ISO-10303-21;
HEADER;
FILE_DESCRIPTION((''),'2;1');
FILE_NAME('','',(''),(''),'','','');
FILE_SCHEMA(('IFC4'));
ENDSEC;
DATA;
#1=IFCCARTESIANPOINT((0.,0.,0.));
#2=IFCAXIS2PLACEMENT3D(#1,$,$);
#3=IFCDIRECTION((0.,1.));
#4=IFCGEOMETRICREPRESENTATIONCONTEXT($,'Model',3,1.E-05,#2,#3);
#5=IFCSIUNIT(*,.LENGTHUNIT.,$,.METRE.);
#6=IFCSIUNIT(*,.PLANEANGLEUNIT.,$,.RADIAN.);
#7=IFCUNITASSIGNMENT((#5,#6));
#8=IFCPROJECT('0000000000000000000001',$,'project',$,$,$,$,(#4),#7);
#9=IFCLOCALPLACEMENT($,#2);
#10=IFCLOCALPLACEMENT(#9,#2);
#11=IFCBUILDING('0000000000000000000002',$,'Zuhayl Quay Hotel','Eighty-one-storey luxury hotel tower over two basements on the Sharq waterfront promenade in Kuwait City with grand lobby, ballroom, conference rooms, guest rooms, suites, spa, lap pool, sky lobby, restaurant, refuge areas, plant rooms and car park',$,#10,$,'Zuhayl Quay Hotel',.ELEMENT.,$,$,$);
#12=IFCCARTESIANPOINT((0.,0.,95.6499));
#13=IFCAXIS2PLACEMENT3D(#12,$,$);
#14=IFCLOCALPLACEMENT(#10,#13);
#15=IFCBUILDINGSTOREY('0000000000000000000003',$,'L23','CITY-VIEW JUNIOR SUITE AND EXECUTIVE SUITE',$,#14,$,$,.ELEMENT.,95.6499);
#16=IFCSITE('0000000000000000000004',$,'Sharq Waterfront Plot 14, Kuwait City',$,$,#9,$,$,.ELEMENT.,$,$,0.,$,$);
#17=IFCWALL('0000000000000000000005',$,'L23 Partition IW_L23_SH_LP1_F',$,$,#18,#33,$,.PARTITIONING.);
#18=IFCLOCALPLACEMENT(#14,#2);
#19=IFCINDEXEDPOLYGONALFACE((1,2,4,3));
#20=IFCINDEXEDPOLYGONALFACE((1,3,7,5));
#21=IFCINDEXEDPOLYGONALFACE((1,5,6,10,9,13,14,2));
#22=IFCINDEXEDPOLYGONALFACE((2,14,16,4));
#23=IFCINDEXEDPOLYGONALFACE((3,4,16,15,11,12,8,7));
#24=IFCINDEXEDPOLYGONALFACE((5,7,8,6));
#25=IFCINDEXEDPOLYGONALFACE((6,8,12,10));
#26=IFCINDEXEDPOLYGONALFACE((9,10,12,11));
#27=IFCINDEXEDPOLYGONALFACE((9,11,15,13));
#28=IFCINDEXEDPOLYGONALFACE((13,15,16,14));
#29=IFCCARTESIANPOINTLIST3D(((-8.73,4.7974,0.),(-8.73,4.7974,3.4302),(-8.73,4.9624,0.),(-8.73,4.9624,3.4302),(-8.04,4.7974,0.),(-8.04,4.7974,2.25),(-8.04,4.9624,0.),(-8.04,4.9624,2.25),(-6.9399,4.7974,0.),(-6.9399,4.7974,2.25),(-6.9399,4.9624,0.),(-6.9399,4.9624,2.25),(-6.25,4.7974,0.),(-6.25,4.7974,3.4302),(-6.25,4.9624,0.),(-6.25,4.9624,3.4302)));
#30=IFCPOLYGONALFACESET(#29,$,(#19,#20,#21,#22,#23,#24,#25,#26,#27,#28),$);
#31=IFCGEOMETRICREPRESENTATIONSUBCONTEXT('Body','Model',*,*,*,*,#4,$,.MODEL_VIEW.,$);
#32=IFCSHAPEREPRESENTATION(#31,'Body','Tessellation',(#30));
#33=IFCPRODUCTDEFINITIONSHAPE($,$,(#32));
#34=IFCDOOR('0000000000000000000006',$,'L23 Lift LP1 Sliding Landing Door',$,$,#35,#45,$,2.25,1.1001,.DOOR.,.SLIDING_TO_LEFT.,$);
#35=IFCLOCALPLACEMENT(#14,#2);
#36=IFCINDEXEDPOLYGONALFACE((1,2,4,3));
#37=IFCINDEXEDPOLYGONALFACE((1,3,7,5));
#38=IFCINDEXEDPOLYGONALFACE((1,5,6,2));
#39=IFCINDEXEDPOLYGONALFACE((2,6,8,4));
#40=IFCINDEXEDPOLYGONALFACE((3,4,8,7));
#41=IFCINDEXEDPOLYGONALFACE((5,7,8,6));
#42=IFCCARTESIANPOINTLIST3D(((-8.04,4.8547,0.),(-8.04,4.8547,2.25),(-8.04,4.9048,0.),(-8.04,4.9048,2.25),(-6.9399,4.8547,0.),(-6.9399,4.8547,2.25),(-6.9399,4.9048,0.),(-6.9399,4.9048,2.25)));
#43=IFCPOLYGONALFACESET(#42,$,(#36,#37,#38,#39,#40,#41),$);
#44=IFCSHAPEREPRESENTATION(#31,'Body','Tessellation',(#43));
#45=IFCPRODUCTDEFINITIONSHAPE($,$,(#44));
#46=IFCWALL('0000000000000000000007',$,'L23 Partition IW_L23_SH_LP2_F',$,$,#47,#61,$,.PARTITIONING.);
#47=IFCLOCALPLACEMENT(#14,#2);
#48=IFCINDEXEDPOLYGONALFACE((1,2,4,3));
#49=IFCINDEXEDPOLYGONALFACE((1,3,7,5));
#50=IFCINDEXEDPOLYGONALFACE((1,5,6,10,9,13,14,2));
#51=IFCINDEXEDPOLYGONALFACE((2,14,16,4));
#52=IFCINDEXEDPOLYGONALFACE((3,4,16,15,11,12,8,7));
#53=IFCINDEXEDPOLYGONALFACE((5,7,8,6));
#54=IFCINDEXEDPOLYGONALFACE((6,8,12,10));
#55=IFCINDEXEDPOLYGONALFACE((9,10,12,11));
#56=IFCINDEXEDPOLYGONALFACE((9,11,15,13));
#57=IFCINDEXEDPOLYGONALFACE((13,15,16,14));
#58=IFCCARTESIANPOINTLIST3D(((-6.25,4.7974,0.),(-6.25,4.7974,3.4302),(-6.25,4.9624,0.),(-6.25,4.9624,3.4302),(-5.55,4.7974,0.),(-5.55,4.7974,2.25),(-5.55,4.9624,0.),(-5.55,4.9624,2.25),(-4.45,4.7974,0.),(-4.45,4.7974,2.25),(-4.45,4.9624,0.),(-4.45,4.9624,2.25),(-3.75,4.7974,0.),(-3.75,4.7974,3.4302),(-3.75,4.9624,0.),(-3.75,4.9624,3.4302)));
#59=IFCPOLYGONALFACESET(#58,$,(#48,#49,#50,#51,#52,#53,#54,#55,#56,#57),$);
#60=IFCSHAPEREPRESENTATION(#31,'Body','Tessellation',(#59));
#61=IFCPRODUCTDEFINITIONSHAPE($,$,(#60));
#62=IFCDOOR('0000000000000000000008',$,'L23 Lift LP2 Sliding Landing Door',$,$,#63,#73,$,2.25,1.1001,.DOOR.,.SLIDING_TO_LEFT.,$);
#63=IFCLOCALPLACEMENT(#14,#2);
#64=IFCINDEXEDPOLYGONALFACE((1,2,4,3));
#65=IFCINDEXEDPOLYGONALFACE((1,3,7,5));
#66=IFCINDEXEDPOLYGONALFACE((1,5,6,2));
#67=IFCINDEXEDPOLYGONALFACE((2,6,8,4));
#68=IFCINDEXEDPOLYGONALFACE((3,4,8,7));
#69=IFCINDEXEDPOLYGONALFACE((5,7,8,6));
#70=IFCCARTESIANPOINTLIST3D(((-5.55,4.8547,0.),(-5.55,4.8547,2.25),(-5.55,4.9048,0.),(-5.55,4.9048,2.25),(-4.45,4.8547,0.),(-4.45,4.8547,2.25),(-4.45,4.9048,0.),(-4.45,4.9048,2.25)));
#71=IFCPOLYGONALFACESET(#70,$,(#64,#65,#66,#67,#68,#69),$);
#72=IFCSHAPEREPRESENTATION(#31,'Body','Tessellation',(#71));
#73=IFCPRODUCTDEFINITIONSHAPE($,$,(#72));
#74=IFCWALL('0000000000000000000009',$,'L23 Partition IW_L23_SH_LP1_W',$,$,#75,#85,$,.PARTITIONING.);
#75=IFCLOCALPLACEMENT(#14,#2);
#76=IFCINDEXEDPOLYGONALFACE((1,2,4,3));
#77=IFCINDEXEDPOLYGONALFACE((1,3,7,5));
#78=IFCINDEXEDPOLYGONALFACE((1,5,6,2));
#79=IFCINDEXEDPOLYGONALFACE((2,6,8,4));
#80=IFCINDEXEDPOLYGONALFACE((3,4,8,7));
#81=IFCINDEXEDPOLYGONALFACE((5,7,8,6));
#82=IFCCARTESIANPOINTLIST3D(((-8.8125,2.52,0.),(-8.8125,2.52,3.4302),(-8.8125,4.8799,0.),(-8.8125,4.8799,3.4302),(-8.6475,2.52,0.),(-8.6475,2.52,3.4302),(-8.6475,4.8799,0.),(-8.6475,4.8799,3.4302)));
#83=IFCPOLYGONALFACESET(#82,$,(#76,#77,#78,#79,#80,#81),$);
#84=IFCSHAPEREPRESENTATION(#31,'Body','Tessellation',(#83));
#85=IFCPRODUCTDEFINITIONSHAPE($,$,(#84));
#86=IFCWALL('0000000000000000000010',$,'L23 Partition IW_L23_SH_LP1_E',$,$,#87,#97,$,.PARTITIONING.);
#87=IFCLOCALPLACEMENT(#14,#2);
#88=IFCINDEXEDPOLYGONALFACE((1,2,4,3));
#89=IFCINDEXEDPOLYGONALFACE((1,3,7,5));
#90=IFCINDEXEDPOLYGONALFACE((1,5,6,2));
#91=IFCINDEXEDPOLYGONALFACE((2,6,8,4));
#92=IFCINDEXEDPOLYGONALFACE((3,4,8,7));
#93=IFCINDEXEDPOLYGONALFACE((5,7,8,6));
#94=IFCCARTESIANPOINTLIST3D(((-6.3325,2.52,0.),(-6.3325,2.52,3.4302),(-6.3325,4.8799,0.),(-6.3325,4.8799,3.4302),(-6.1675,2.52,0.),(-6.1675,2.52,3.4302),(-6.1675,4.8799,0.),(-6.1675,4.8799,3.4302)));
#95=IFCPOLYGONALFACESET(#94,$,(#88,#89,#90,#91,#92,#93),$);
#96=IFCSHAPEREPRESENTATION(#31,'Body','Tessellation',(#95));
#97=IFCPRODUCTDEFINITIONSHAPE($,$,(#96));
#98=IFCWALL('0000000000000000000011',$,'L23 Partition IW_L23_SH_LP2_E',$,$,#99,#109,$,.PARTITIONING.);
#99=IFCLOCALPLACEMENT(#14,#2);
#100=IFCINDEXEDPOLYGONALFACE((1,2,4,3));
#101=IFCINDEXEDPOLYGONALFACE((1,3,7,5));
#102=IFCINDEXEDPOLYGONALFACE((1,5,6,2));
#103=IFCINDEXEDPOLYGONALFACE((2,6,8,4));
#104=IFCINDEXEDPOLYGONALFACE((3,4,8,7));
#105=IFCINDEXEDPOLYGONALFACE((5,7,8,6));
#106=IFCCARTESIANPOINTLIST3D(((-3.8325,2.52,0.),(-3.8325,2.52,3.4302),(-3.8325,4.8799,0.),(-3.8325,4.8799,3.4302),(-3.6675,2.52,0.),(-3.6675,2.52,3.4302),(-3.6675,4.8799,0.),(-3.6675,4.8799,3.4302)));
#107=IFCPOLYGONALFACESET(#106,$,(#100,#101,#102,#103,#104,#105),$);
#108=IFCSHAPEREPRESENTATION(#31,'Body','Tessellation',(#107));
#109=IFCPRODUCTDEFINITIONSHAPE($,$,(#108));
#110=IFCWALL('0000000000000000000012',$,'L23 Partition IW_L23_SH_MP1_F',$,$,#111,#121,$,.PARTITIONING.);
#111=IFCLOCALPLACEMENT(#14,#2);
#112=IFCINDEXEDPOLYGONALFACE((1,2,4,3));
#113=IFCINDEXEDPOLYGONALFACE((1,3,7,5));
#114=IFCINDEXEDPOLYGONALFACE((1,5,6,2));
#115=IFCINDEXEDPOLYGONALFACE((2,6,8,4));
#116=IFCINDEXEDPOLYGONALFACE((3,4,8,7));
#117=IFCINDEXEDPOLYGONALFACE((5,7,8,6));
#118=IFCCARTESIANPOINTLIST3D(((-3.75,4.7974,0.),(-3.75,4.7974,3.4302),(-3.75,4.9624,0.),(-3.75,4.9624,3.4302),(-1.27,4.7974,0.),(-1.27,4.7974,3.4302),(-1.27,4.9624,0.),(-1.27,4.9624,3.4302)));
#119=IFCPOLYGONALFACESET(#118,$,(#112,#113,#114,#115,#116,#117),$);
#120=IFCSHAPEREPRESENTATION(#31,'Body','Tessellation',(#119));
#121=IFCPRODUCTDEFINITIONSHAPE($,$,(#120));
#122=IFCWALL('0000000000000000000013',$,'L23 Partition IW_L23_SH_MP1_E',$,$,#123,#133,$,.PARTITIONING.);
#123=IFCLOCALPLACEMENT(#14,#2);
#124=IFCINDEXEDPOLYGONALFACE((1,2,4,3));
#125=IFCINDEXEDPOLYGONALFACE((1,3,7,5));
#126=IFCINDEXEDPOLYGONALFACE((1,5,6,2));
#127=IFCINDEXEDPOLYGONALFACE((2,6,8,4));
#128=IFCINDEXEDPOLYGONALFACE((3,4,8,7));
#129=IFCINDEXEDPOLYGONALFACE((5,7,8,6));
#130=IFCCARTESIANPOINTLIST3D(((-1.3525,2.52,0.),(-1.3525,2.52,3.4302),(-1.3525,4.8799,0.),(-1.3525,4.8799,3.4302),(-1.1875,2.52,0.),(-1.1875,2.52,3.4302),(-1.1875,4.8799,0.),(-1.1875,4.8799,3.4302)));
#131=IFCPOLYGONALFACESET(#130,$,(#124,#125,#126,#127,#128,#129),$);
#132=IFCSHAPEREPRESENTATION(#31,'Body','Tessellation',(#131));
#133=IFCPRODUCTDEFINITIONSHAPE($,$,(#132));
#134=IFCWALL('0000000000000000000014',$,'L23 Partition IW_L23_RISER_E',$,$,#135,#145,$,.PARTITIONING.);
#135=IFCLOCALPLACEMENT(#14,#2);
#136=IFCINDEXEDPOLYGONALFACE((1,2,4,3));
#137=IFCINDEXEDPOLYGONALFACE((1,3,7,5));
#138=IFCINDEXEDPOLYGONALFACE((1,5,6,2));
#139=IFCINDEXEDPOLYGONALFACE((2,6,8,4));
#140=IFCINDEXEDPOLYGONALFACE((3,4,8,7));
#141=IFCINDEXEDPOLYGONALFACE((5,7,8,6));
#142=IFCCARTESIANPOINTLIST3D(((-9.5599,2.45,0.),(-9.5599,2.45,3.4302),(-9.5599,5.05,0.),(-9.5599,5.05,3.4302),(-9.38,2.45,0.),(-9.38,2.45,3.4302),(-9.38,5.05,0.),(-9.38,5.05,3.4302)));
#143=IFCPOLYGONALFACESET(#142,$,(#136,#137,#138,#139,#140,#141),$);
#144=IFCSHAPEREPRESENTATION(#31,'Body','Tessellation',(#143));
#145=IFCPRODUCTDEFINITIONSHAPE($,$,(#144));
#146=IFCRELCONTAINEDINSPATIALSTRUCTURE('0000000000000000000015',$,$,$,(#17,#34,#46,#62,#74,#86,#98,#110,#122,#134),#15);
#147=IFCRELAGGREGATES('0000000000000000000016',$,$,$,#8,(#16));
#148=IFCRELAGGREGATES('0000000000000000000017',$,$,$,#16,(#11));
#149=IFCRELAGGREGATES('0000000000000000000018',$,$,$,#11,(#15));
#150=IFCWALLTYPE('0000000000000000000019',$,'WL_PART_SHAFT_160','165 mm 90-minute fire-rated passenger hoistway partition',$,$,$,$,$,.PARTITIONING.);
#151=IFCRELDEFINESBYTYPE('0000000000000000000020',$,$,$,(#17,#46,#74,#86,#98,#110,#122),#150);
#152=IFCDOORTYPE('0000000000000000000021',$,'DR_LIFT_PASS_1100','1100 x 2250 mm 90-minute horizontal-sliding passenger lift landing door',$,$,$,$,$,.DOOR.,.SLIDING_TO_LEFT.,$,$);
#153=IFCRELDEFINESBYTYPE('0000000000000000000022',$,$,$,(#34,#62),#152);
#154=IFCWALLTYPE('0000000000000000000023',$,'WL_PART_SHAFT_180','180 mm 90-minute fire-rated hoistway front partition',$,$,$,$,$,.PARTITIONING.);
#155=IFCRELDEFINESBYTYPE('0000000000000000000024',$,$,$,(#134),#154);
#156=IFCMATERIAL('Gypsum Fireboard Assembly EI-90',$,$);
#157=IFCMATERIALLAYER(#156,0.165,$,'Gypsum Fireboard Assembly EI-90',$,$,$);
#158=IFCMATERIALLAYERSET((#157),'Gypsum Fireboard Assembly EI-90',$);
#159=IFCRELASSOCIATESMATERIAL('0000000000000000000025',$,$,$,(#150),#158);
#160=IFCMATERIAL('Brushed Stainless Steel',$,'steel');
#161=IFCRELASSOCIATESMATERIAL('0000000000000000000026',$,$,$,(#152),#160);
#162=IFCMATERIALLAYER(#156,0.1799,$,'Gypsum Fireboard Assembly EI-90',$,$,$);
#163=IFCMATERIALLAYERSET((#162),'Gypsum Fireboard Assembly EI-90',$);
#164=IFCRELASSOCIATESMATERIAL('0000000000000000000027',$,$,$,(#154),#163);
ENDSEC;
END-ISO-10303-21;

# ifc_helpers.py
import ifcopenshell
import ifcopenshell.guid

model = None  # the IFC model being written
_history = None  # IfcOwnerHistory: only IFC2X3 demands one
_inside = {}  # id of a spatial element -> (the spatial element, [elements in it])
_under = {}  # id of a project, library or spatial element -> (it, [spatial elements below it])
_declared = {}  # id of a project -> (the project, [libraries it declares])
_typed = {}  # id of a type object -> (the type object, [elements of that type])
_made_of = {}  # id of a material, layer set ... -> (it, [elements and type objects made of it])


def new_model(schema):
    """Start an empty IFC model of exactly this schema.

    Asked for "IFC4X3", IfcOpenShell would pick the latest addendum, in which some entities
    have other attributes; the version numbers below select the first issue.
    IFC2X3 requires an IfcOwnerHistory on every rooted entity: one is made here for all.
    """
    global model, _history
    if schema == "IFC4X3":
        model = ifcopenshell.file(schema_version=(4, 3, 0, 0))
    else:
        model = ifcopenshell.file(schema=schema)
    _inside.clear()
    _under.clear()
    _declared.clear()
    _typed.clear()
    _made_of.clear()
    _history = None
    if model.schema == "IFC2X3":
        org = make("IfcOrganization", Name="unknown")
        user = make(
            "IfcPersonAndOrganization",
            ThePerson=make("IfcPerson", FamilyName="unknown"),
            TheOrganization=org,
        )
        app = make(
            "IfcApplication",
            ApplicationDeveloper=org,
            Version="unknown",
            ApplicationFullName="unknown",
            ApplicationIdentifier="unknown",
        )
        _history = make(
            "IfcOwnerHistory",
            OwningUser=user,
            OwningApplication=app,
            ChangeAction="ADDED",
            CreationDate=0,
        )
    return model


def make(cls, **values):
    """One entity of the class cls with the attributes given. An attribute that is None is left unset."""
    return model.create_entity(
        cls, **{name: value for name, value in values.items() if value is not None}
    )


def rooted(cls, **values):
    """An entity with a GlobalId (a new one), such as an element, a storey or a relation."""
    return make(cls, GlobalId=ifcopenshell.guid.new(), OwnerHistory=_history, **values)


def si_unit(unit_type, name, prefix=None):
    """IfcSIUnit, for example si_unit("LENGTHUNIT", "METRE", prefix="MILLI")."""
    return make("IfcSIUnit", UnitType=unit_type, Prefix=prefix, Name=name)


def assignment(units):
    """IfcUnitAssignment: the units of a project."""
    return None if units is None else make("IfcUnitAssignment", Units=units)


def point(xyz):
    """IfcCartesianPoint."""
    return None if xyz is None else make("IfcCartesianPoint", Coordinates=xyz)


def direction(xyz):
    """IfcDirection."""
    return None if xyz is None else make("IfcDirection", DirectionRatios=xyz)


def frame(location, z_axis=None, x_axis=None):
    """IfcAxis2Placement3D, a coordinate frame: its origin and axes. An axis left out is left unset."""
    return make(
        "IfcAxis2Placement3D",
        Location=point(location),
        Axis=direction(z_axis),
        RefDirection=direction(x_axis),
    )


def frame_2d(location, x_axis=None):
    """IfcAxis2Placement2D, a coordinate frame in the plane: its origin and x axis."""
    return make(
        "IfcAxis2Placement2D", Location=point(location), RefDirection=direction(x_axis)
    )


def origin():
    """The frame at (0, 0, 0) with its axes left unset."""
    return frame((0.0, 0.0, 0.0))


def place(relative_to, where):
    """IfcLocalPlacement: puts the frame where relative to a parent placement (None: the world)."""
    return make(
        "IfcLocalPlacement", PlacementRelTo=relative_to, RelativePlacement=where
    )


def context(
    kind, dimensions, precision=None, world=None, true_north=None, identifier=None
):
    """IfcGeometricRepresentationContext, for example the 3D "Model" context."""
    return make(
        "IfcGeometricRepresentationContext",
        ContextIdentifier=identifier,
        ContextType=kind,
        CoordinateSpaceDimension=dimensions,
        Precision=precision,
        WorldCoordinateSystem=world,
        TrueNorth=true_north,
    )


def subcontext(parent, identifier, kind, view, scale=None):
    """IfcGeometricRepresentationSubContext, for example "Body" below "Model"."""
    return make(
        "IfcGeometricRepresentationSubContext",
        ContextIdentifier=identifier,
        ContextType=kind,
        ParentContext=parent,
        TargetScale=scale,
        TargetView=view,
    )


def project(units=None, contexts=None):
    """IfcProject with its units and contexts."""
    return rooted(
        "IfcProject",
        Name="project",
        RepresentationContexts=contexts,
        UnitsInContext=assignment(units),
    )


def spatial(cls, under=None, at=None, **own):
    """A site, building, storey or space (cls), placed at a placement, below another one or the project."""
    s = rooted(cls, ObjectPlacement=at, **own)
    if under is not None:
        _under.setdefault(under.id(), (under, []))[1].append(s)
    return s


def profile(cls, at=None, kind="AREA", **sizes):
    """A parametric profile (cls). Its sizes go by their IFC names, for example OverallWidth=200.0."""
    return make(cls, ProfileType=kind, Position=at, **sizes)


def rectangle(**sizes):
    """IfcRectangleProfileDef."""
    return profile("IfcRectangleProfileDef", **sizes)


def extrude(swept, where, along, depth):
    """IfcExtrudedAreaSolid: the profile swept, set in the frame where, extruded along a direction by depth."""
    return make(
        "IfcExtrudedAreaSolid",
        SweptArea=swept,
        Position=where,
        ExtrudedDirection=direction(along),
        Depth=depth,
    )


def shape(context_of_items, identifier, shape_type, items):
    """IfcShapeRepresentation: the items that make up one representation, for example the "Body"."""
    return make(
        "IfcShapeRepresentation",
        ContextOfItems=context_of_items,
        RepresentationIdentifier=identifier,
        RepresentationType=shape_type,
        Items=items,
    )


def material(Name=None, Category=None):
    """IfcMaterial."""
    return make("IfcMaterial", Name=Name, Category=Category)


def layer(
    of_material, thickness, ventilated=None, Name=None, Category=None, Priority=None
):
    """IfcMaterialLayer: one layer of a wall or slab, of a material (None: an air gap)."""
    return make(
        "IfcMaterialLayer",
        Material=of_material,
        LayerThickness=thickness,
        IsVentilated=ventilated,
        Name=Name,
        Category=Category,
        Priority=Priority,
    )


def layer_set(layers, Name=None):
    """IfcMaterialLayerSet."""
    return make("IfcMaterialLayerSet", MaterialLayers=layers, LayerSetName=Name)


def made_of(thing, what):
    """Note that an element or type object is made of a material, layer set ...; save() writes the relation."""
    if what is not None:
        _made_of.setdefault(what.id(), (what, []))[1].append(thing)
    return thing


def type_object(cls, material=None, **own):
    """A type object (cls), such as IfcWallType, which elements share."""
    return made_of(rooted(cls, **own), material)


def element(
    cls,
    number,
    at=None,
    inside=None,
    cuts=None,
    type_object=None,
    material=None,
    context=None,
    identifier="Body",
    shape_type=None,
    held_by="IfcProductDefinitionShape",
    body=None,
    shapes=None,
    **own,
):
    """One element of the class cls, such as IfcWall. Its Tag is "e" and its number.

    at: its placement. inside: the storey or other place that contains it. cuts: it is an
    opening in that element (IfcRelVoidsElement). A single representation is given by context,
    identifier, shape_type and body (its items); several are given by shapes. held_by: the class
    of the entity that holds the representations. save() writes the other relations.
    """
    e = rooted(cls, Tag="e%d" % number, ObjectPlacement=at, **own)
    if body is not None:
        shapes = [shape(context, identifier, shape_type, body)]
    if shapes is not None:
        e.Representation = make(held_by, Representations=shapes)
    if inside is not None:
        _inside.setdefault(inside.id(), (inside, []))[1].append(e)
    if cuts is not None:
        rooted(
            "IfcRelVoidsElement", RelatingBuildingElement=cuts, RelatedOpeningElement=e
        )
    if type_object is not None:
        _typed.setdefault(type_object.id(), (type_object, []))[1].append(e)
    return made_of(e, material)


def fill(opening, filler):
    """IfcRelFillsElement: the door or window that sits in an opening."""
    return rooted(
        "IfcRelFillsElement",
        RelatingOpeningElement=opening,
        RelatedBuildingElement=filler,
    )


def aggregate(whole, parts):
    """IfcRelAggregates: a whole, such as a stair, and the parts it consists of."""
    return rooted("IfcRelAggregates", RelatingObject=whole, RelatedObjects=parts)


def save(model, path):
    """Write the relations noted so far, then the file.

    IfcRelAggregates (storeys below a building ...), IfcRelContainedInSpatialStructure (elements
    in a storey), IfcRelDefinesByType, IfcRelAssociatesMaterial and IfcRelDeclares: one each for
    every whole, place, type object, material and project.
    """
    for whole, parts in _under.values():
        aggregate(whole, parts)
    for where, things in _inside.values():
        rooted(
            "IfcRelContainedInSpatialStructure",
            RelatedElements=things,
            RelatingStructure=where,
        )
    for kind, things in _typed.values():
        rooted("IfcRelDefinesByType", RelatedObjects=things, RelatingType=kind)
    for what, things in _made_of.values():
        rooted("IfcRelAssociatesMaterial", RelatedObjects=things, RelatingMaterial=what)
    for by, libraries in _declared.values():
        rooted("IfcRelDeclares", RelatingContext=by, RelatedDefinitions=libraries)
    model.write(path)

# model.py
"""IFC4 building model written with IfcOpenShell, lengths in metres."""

from ifc_helpers import new_model, si_unit, direction, frame, frame_2d, origin, place, context, subcontext, project, spatial, rectangle, extrude, material, layer, layer_set, type_object, element, fill, save


model = new_model("IFC4")

# Units and contexts
model_context = context("Model", 3, precision=1e-05, world=origin(), true_north=direction((0.0, 1.0)))
body_context = subcontext(model_context, "Body", "Model", "MODEL_VIEW")
ifc_project = project(units=[si_unit("LENGTHUNIT", "METRE"), si_unit("PLANEANGLEUNIT", "RADIAN")], contexts=[model_context])

# Site, building, storey
site_placement = place(None, origin())
site = spatial("IfcSite", under=ifc_project, at=site_placement, Name="Sharq Waterfront Plot 14, Kuwait City", CompositionType="ELEMENT", RefElevation=0.0)
building_placement = place(site_placement, origin())
building = spatial("IfcBuilding", under=site, at=building_placement, Name="Zuhayl Quay Hotel", Description="Eighty-one-storey luxury hotel tower over two basements on the Sharq waterfront promenade in Kuwait City with grand lobby, ballroom, conference rooms, guest rooms, suites, spa, lap pool, sky lobby, restaurant, refuge areas, plant rooms and car park", LongName="Zuhayl Quay Hotel", CompositionType="ELEMENT")
storey_placement = place(building_placement, frame((0.0, 0.0, 95.6499)))
storey = spatial("IfcBuildingStorey", under=building, at=storey_placement, Name="L23", Description="CITY-VIEW JUNIOR SUITE AND EXECUTIVE SUITE", CompositionType="ELEMENT", Elevation=95.6499)

# Walls, openings, doors
ifc_material_1 = material(Name="Gypsum Fireboard Assembly EI-90")
ifc_layer_1 = layer(ifc_material_1, 0.165, Name="Gypsum Fireboard Assembly EI-90")
ifc_layer_set_1 = layer_set([ifc_layer_1], Name="Gypsum Fireboard Assembly EI-90")
wall_type_1 = type_object("IfcWallType", Name="WL_PART_SHAFT_160", Description="165 mm 90-minute fire-rated passenger hoistway partition", PredefinedType="PARTITIONING", material=ifc_layer_set_1)
wall_1_placement = place(storey_placement, frame((-8.73, 4.8799, 0.0), z_axis=(0.0, 0.0, 1.0), x_axis=(1.0, 0.0, 0.0)))
wall_1 = element("IfcWall", 1, at=wall_1_placement, inside=storey, type_object=wall_type_1, Name="L23 Partition IW_L23_SH_LP1_F", PredefinedType="PARTITIONING", context=body_context, shape_type="SweptSolid", body=[
    extrude(rectangle(XDim=2.48, YDim=0.165, at=frame_2d((1.24, 0.0))), origin(), (0.0, 0.0, 1.0), 3.4302),
])
opening_1_placement = place(wall_1_placement, frame((0.6899, 0.0, 0.0)))
opening_1 = element("IfcOpeningElement", 2, at=opening_1_placement, cuts=wall_1, PredefinedType="OPENING", context=body_context, shape_type="SweptSolid", body=[
    extrude(rectangle(XDim=1.1001, YDim=2.25, at=frame_2d((0.55, 1.125))), frame((0.0, 0.0925, 0.0), z_axis=(0.0, -1.0, 0.0), x_axis=(1.0, 0.0, 0.0)), (0.0, 0.0, 1.0), 0.1851),
])
ifc_material_2 = material(Name="Brushed Stainless Steel", Category="steel")
door_type_1 = type_object("IfcDoorType", Name="DR_LIFT_PASS_1100", Description="1100 x 2250 mm 90-minute horizontal-sliding passenger lift landing door", OperationType="SLIDING_TO_LEFT", PredefinedType="DOOR", material=ifc_material_2)
door_1_placement = place(opening_1_placement, origin())
door_1 = element("IfcDoor", 3, at=door_1_placement, inside=storey, type_object=door_type_1, Name="L23 Lift LP1 Sliding Landing Door", OperationType="SLIDING_TO_LEFT", OverallHeight=2.25, OverallWidth=1.1001, PredefinedType="DOOR", context=body_context, shape_type="SweptSolid", body=[
    extrude(rectangle(XDim=1.1001, YDim=2.25, at=frame_2d((0.55, 1.125))), frame((0.0, 0.0249, 0.0), z_axis=(0.0, -1.0, 0.0), x_axis=(1.0, 0.0, 0.0)), (0.0, 0.0, 1.0), 0.05),
])
fill(opening_1, door_1)
wall_2_placement = place(storey_placement, frame((-6.25, 4.8799, 0.0), z_axis=(0.0, 0.0, 1.0), x_axis=(1.0, 0.0, 0.0)))
wall_2 = element("IfcWall", 4, at=wall_2_placement, inside=storey, type_object=wall_type_1, Name="L23 Partition IW_L23_SH_LP2_F", PredefinedType="PARTITIONING", context=body_context, shape_type="SweptSolid", body=[
    extrude(rectangle(XDim=2.5, YDim=0.165, at=frame_2d((1.25, 0.0))), origin(), (0.0, 0.0, 1.0), 3.4302),
])
opening_2_placement = place(wall_2_placement, frame((0.7, 0.0, 0.0)))
opening_2 = element("IfcOpeningElement", 5, at=opening_2_placement, cuts=wall_2, PredefinedType="OPENING", context=body_context, shape_type="SweptSolid", body=[
    extrude(rectangle(XDim=1.1001, YDim=2.25, at=frame_2d((0.55, 1.125))), frame((0.0, 0.0925, 0.0), z_axis=(0.0, -1.0, 0.0), x_axis=(1.0, 0.0, 0.0)), (0.0, 0.0, 1.0), 0.1851),
])
door_2_placement = place(opening_2_placement, origin())
door_2 = element("IfcDoor", 6, at=door_2_placement, inside=storey, type_object=door_type_1, Name="L23 Lift LP2 Sliding Landing Door", OperationType="SLIDING_TO_LEFT", OverallHeight=2.25, OverallWidth=1.1001, PredefinedType="DOOR", context=body_context, shape_type="SweptSolid", body=[
    extrude(rectangle(XDim=1.1001, YDim=2.25, at=frame_2d((0.55, 1.125))), frame((0.0, 0.0249, 0.0), z_axis=(0.0, -1.0, 0.0), x_axis=(1.0, 0.0, 0.0)), (0.0, 0.0, 1.0), 0.05),
])
fill(opening_2, door_2)

# Walls
for number, where, z_axis, x_axis, name in (
    (7, (-8.73, 2.52, 0.0), (0.0, 0.0, 1.0), (0.0, 1.0, 0.0), "L23 Partition IW_L23_SH_LP1_W"),
    (8, (-6.25, 2.52, 0.0), (0.0, 0.0, 1.0), (0.0, 1.0, 0.0), "L23 Partition IW_L23_SH_LP1_E"),
    (9, (-3.75, 2.52, 0.0), (0.0, 0.0, 1.0), (0.0, 1.0, 0.0), "L23 Partition IW_L23_SH_LP2_E"),
):
    element("IfcWall", number, at=place(storey_placement, frame(where, z_axis=z_axis, x_axis=x_axis)), inside=storey, type_object=wall_type_1, Name=name, PredefinedType="PARTITIONING", context=body_context, shape_type="SweptSolid", body=[
        extrude(rectangle(XDim=2.3599, YDim=0.165, at=frame_2d((1.1799, 0.0))), origin(), (0.0, 0.0, 1.0), 3.4302),
    ])
wall_3_placement = place(storey_placement, frame((-3.75, 4.8799, 0.0), z_axis=(0.0, 0.0, 1.0), x_axis=(1.0, 0.0, 0.0)))
element("IfcWall", 10, at=wall_3_placement, inside=storey, type_object=wall_type_1, Name="L23 Partition IW_L23_SH_MP1_F", PredefinedType="PARTITIONING", context=body_context, shape_type="SweptSolid", body=[
    extrude(rectangle(XDim=2.48, YDim=0.165, at=frame_2d((1.24, 0.0))), origin(), (0.0, 0.0, 1.0), 3.4302),
])
wall_4_placement = place(storey_placement, frame((-1.27, 2.52, 0.0), z_axis=(0.0, 0.0, 1.0), x_axis=(0.0, 1.0, 0.0)))
element("IfcWall", 11, at=wall_4_placement, inside=storey, type_object=wall_type_1, Name="L23 Partition IW_L23_SH_MP1_E", PredefinedType="PARTITIONING", context=body_context, shape_type="SweptSolid", body=[
    extrude(rectangle(XDim=2.3599, YDim=0.165, at=frame_2d((1.1799, 0.0))), origin(), (0.0, 0.0, 1.0), 3.4302),
])
ifc_layer_2 = layer(ifc_material_1, 0.1799, Name="Gypsum Fireboard Assembly EI-90")
ifc_layer_set_2 = layer_set([ifc_layer_2], Name="Gypsum Fireboard Assembly EI-90")
wall_type_2 = type_object("IfcWallType", Name="WL_PART_SHAFT_180", Description="180 mm 90-minute fire-rated hoistway front partition", PredefinedType="PARTITIONING", material=ifc_layer_set_2)
wall_5_placement = place(storey_placement, frame((-9.47, 2.45, 0.0), z_axis=(0.0, 0.0, 1.0), x_axis=(0.0, 1.0, 0.0)))
element("IfcWall", 12, at=wall_5_placement, inside=storey, type_object=wall_type_2, Name="L23 Partition IW_L23_RISER_E", PredefinedType="PARTITIONING", context=body_context, shape_type="SweptSolid", body=[
    extrude(rectangle(XDim=2.6001, YDim=0.1799, at=frame_2d((1.3, 0.0))), origin(), (0.0, 0.0, 1.0), 3.4302),
])

save(model, "model.ifc")
